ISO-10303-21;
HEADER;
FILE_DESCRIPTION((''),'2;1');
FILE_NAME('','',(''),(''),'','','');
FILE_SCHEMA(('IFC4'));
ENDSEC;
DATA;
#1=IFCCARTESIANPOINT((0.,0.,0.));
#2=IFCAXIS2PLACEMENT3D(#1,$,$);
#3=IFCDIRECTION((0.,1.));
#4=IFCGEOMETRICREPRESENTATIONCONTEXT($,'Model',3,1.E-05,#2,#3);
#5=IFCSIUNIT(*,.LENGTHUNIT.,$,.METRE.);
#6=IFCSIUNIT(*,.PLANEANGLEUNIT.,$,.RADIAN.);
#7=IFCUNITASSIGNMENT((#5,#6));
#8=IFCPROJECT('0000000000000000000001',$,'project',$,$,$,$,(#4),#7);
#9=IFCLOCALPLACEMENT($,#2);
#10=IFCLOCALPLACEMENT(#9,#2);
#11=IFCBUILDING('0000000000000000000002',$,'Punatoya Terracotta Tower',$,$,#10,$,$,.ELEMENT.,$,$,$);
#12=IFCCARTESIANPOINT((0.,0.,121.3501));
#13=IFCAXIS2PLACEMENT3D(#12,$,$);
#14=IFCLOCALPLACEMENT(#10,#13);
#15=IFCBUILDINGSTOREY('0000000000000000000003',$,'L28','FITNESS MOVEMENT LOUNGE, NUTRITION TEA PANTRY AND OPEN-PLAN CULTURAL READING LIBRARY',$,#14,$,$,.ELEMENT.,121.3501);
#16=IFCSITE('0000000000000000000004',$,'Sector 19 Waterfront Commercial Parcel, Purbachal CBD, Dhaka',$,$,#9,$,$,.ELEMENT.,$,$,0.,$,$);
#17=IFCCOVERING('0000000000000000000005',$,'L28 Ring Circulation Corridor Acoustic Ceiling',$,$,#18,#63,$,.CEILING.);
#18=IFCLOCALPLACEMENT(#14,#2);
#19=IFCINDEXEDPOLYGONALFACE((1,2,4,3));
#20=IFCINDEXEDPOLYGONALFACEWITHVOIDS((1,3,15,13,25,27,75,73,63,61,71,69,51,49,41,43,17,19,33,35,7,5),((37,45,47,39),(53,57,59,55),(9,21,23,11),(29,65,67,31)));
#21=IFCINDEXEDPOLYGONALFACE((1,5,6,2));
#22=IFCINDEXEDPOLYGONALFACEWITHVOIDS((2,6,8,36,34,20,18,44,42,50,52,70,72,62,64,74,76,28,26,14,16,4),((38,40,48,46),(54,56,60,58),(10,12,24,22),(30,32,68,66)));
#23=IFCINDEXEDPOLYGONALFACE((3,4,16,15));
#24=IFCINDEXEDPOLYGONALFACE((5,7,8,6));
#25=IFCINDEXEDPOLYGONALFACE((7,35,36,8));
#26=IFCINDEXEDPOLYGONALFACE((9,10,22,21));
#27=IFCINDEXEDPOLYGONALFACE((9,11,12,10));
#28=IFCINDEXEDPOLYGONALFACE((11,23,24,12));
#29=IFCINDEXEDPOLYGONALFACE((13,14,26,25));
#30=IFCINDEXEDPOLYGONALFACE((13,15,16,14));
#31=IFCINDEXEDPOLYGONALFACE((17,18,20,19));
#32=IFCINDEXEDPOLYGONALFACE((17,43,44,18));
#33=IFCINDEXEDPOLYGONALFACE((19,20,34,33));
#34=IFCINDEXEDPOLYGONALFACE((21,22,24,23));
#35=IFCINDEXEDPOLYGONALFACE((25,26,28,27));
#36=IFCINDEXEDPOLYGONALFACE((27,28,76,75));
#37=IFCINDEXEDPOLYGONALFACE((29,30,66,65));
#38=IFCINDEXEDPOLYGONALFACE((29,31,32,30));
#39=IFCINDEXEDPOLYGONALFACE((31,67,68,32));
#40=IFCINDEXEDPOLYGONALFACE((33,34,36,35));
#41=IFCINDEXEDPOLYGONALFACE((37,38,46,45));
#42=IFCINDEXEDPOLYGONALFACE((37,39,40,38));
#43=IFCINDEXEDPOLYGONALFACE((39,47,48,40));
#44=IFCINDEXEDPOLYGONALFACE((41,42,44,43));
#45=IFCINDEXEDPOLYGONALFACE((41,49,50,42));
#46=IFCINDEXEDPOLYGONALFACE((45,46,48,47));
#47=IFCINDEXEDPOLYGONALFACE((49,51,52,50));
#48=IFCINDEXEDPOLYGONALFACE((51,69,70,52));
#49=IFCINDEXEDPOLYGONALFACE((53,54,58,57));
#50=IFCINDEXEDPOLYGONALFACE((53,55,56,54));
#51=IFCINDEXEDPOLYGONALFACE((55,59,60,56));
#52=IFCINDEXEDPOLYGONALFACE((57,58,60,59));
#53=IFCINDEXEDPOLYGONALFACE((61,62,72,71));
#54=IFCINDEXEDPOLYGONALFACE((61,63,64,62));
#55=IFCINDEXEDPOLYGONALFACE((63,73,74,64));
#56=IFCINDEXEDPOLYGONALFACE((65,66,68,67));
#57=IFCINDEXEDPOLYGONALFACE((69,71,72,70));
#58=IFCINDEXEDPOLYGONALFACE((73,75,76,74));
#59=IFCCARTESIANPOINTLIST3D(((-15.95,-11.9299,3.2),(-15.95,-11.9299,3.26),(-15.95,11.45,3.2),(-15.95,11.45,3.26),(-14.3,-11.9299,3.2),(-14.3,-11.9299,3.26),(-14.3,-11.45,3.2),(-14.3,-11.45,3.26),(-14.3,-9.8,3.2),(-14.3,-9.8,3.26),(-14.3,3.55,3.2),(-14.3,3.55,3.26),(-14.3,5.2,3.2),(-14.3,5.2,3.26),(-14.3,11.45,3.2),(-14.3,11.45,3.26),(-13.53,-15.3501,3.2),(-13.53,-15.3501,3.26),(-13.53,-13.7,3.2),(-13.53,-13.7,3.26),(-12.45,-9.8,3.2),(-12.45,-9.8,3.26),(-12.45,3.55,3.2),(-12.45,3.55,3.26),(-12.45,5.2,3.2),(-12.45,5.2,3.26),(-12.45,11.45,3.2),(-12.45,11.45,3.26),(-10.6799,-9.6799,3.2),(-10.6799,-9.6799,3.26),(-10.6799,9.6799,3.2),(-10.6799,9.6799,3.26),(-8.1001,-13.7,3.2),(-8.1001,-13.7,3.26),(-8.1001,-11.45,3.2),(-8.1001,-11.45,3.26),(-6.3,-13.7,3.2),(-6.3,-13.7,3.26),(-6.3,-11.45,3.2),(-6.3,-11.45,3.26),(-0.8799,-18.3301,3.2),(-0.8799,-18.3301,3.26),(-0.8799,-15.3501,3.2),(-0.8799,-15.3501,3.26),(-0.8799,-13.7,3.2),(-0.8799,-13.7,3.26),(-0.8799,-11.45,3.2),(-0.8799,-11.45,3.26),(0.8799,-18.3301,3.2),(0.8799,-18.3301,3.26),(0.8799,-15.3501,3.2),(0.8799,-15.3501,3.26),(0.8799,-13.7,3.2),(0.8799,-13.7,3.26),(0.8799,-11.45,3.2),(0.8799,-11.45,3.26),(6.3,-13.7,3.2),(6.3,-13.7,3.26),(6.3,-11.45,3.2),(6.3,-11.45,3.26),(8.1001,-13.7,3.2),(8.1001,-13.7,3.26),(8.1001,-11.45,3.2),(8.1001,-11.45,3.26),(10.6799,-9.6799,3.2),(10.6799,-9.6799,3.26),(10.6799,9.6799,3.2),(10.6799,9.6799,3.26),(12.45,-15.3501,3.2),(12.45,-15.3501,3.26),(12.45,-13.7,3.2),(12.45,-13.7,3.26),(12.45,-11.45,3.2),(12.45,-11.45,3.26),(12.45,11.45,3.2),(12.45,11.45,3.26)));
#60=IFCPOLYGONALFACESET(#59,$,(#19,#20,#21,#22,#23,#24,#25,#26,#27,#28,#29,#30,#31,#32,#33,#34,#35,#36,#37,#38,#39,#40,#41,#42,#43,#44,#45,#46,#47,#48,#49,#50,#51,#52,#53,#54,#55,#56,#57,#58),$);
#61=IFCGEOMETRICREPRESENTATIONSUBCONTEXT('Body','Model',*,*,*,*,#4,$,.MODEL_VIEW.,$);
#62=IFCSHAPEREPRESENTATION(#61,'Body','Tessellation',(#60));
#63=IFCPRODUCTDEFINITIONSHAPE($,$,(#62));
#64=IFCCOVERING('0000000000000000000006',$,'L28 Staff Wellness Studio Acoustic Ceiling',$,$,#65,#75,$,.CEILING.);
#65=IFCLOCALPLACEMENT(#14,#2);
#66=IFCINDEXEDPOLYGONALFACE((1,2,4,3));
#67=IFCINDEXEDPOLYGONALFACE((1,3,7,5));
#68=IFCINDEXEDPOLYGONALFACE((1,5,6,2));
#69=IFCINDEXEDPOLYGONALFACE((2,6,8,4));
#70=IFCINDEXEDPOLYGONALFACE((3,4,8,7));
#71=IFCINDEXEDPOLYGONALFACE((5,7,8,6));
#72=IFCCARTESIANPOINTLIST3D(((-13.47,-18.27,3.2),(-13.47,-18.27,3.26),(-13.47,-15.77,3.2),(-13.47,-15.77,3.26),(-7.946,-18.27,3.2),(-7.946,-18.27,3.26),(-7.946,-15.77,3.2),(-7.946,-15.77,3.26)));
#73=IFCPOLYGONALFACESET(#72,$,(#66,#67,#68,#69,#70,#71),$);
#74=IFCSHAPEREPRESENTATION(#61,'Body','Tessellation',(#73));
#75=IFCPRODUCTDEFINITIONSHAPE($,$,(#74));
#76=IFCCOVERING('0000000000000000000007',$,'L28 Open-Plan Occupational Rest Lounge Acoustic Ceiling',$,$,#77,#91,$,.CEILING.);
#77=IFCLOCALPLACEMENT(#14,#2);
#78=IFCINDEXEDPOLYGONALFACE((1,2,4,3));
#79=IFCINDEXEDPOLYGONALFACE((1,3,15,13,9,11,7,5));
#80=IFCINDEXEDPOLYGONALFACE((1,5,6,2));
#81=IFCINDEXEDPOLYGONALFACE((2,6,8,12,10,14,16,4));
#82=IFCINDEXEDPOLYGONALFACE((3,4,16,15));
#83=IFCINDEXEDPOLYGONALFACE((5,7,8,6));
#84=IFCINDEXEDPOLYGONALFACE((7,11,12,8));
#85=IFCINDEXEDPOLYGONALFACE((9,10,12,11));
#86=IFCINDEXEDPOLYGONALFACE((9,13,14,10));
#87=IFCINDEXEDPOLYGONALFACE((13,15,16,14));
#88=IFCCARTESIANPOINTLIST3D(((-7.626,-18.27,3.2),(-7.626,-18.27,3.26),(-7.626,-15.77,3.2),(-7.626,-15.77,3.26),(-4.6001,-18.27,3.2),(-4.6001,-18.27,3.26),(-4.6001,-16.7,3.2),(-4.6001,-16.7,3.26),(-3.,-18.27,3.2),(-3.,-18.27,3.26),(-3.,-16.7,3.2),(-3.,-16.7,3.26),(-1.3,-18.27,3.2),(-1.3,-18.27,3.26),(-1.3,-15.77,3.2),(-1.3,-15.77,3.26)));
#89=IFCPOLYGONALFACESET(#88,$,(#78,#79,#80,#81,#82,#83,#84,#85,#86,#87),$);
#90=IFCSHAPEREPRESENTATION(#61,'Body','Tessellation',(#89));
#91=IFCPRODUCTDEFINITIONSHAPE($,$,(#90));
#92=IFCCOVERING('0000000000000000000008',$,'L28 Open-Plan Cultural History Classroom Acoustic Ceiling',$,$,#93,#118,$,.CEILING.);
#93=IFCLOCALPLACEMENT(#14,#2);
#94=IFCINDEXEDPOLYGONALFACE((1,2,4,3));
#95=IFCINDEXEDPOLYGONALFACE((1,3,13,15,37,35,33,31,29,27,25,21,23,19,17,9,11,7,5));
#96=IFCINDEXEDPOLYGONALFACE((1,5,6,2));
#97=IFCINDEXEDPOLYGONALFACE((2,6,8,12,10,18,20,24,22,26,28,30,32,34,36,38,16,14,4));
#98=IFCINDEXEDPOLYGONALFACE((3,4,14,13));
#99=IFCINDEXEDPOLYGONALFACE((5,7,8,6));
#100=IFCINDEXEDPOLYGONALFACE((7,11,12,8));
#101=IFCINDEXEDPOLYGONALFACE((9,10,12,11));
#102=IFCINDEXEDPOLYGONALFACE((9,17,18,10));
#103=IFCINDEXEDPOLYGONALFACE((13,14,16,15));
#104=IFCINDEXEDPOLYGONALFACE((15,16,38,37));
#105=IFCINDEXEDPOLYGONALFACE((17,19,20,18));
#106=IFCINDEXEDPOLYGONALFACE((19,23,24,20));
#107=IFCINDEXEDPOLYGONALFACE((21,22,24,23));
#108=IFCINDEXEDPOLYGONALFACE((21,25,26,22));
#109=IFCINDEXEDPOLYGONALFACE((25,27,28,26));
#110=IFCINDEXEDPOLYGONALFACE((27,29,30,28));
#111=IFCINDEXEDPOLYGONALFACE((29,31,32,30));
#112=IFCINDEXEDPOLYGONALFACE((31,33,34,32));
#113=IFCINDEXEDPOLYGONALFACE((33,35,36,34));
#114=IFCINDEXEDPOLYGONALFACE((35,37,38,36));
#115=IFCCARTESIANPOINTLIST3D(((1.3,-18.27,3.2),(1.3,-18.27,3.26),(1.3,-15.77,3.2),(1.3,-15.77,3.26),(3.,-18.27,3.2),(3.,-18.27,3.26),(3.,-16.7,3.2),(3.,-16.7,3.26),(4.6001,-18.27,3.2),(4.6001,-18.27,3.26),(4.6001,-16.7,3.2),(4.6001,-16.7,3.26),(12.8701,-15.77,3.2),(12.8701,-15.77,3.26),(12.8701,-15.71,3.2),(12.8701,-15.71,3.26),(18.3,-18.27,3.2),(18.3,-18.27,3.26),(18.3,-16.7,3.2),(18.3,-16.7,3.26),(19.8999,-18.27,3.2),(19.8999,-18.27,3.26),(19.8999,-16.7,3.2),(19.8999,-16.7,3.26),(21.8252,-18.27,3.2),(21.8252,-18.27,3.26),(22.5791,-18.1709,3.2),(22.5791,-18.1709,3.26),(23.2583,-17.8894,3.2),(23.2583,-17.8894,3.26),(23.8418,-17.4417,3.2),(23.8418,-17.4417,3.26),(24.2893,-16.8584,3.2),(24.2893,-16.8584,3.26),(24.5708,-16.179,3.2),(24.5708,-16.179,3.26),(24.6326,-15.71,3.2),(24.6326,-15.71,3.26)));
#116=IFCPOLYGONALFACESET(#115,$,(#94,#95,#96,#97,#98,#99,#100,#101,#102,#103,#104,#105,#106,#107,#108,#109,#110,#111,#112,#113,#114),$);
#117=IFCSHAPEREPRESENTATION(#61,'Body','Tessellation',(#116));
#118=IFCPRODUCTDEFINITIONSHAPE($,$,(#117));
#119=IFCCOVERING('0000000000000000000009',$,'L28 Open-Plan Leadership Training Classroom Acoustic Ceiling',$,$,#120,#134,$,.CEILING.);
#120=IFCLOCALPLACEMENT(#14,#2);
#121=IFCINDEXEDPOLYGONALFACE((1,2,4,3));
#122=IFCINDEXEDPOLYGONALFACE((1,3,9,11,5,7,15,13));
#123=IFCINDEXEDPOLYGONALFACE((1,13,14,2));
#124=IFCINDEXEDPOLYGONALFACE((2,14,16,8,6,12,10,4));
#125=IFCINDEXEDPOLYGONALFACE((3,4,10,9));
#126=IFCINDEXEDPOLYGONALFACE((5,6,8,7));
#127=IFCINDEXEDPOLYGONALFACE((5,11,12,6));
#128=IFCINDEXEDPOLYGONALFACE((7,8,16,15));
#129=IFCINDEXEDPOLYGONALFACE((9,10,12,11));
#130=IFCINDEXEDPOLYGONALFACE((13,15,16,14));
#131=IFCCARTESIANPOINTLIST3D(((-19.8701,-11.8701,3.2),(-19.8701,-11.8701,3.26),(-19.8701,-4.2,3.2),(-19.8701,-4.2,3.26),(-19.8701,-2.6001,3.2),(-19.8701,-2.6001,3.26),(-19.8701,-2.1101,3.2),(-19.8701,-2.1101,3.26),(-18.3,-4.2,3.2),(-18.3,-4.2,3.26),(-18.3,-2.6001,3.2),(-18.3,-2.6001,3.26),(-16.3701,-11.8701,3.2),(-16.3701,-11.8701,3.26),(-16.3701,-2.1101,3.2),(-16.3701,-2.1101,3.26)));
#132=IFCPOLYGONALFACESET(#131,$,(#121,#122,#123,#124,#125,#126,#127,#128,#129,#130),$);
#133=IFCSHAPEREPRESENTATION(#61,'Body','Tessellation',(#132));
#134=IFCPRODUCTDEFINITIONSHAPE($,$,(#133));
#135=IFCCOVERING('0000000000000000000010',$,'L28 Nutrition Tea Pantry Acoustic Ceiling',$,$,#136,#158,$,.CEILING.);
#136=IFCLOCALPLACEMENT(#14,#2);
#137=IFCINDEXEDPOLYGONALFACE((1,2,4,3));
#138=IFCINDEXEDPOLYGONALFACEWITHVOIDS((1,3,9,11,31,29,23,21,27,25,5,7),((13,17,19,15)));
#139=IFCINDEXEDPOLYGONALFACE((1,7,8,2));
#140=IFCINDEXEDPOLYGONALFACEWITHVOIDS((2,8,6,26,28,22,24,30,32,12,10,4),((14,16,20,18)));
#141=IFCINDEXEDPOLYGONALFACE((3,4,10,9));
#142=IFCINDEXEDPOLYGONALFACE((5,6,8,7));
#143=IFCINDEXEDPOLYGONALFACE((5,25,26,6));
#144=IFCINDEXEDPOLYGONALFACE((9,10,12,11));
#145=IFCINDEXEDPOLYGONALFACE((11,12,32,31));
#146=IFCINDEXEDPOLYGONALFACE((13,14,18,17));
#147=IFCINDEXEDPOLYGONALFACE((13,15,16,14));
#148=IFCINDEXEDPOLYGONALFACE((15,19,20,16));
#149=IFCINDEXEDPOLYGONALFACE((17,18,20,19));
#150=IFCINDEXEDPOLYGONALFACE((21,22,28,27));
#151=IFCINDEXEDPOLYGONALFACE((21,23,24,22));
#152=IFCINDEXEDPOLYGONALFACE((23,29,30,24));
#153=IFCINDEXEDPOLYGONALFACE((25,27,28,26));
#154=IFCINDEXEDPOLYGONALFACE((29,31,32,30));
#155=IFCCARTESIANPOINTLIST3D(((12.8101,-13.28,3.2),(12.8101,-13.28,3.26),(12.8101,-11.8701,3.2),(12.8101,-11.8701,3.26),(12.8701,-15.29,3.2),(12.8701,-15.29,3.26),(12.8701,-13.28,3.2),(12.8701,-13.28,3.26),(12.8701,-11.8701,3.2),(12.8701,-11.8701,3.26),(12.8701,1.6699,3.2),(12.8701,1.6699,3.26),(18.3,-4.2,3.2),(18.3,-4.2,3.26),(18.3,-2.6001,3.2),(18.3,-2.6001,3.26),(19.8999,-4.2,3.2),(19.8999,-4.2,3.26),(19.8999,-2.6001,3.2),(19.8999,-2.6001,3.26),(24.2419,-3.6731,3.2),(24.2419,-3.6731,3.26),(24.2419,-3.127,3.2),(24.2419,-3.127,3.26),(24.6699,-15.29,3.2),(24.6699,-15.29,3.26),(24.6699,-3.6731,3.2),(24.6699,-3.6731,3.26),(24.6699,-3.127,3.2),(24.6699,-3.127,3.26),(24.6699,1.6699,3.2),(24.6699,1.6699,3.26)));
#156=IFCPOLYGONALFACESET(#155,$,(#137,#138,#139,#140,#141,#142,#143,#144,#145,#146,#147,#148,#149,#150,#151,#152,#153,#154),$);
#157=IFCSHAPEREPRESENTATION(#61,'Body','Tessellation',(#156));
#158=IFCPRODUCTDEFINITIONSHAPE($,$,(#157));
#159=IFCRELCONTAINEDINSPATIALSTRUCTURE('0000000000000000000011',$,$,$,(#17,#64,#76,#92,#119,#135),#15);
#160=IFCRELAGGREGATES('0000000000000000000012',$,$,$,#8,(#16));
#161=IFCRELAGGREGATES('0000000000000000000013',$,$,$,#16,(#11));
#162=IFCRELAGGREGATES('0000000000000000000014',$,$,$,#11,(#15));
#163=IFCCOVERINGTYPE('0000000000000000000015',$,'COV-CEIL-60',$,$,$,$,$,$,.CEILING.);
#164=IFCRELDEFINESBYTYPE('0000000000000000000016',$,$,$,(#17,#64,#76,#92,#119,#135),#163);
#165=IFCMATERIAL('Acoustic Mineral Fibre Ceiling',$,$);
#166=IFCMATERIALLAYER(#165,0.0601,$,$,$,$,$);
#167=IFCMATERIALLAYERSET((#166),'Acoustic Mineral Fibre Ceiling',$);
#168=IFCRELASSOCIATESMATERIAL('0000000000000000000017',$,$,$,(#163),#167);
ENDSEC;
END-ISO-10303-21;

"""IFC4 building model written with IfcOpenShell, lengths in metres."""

from ifc_helpers import new_model, si_unit, direction, frame, origin, place, context, subcontext, project, spatial, polyline, outline, extrude, material, layer, layer_set, type_object, element, save


model = new_model("IFC4")

# Units and contexts
model_context = context("Model", 3, precision=1e-05, world=origin(), true_north=direction((0.0, 1.0)))
body_context = subcontext(model_context, "Body", "Model", "MODEL_VIEW")
ifc_project = project(units=[si_unit("LENGTHUNIT", "METRE"), si_unit("PLANEANGLEUNIT", "RADIAN")], contexts=[model_context])

# Site, building, storey
site_placement = place(None, origin())
site = spatial("IfcSite", under=ifc_project, at=site_placement, Name="Sector 19 Waterfront Commercial Parcel, Purbachal CBD, Dhaka", CompositionType="ELEMENT", RefElevation=0.0)
building_placement = place(site_placement, origin())
building = spatial("IfcBuilding", under=site, at=building_placement, Name="Punatoya Terracotta Tower", CompositionType="ELEMENT")
storey_placement = place(building_placement, frame((0.0, 0.0, 121.3501)))
storey = spatial("IfcBuildingStorey", under=building, at=storey_placement, Name="L28", Description="FITNESS MOVEMENT LOUNGE, NUTRITION TEA PANTRY AND OPEN-PLAN CULTURAL READING LIBRARY", CompositionType="ELEMENT", Elevation=121.3501)

# Coverings
ifc_material_1 = material(Name="Acoustic Mineral Fibre Ceiling")
ifc_layer_1 = layer(ifc_material_1, 0.0601)
ifc_layer_set_1 = layer_set([ifc_layer_1], Name="Acoustic Mineral Fibre Ceiling")
covering_type = type_object("IfcCoveringType", Name="COV-CEIL-60", PredefinedType="CEILING", material=ifc_layer_set_1)
covering_1_placement = place(storey_placement, frame((0.0, 0.0, 3.2)))
element("IfcCovering", 1, at=covering_1_placement, inside=storey, type_object=covering_type, Name="L28 Ring Circulation Corridor Acoustic Ceiling", PredefinedType="CEILING", context=body_context, shape_type="SweptSolid", body=[
    extrude(outline(polyline([(0.8799, -15.3501), (12.45, -15.3501), (12.45, -13.7), (8.1001, -13.7), (8.1001, -11.45), (12.45, -11.45), (12.45, 11.45), (-12.45, 11.45), (-12.45, 5.2), (-14.3, 5.2), (-14.3, 11.45), (-15.95, 11.45), (-15.95, -11.9299), (-14.3, -11.9299), (-14.3, -11.45), (-8.1001, -11.45), (-8.1001, -13.7), (-13.53, -13.7), (-13.53, -15.3501), (-0.8799, -15.3501), (-0.8799, -18.3301), (0.8799, -18.3301), (0.8799, -15.3501)]), holes=[polyline([(-10.6799, -9.6799), (-10.6799, 9.6799), (10.6799, 9.6799), (10.6799, -9.6799), (-10.6799, -9.6799)]), polyline([(0.8799, -11.45), (6.3, -11.45), (6.3, -13.7), (0.8799, -13.7), (0.8799, -11.45)]), polyline([(-6.3, -11.45), (-0.8799, -11.45), (-0.8799, -13.7), (-6.3, -13.7), (-6.3, -11.45)]), polyline([(-14.3, -9.8), (-14.3, 3.55), (-12.45, 3.55), (-12.45, -9.8), (-14.3, -9.8)])]), origin(), (0.0, 0.0, 1.0), 0.0601),
])
covering_2_placement = place(storey_placement, frame((0.0, 0.0, 3.2)))
element("IfcCovering", 2, at=covering_2_placement, inside=storey, type_object=covering_type, Name="L28 Staff Wellness Studio Acoustic Ceiling", PredefinedType="CEILING", context=body_context, shape_type="SweptSolid", body=[
    extrude(outline(polyline([(-7.946, -18.27), (-7.946, -15.77), (-13.47, -15.77), (-13.47, -18.27), (-7.946, -18.27)])), origin(), (0.0, 0.0, 1.0), 0.0601),
])
covering_3_placement = place(storey_placement, frame((0.0, 0.0, 3.2)))
element("IfcCovering", 3, at=covering_3_placement, inside=storey, type_object=covering_type, Name="L28 Open-Plan Occupational Rest Lounge Acoustic Ceiling", PredefinedType="CEILING", context=body_context, shape_type="SweptSolid", body=[
    extrude(outline(polyline([(-3.0, -18.27), (-1.3, -18.27), (-1.3, -15.77), (-7.626, -15.77), (-7.626, -18.27), (-4.6001, -18.27), (-4.6001, -16.7), (-3.0, -16.7), (-3.0, -18.27)])), origin(), (0.0, 0.0, 1.0), 0.0601),
])
covering_4_placement = place(storey_placement, frame((0.0, 0.0, 3.2)))
element("IfcCovering", 4, at=covering_4_placement, inside=storey, type_object=covering_type, Name="L28 Open-Plan Cultural History Classroom Acoustic Ceiling", PredefinedType="CEILING", context=body_context, shape_type="SweptSolid", body=[
    extrude(outline(polyline([(3.0, -18.27), (3.0, -16.7), (4.6001, -16.7), (4.6001, -18.27), (18.3, -18.27), (18.3, -16.7), (19.8999, -16.7), (19.8999, -18.27), (21.8252, -18.27), (22.5791, -18.1709), (23.2583, -17.8894), (23.8418, -17.4417), (24.2893, -16.8584), (24.5708, -16.179), (24.6326, -15.71), (12.8701, -15.71), (12.8701, -15.77), (1.3, -15.77), (1.3, -18.27), (3.0, -18.27)])), origin(), (0.0, 0.0, 1.0), 0.0601),
])
covering_5_placement = place(storey_placement, frame((0.0, 0.0, 3.2)))
element("IfcCovering", 5, at=covering_5_placement, inside=storey, type_object=covering_type, Name="L28 Open-Plan Leadership Training Classroom Acoustic Ceiling", PredefinedType="CEILING", context=body_context, shape_type="SweptSolid", body=[
    extrude(outline(polyline([(-16.3701, -11.8701), (-16.3701, -2.1101), (-19.8701, -2.1101), (-19.8701, -2.6001), (-18.3, -2.6001), (-18.3, -4.2), (-19.8701, -4.2), (-19.8701, -11.8701), (-16.3701, -11.8701)])), origin(), (0.0, 0.0, 1.0), 0.0601),
])
covering_6_placement = place(storey_placement, frame((0.0, 0.0, 3.2)))
element("IfcCovering", 6, at=covering_6_placement, inside=storey, type_object=covering_type, Name="L28 Nutrition Tea Pantry Acoustic Ceiling", PredefinedType="CEILING", context=body_context, shape_type="SweptSolid", body=[
    extrude(outline(polyline([(12.8101, -13.28), (12.8701, -13.28), (12.8701, -15.29), (24.6699, -15.29), (24.6699, -3.6731), (24.2419, -3.6731), (24.2419, -3.127), (24.6699, -3.127), (24.6699, 1.6699), (12.8701, 1.6699), (12.8701, -11.8701), (12.8101, -11.8701), (12.8101, -13.28)]), holes=[polyline([(19.8999, -2.6001), (19.8999, -4.2), (18.3, -4.2), (18.3, -2.6001), (19.8999, -2.6001)])]), origin(), (0.0, 0.0, 1.0), 0.0601),
])

save(model, "model.ifc")
